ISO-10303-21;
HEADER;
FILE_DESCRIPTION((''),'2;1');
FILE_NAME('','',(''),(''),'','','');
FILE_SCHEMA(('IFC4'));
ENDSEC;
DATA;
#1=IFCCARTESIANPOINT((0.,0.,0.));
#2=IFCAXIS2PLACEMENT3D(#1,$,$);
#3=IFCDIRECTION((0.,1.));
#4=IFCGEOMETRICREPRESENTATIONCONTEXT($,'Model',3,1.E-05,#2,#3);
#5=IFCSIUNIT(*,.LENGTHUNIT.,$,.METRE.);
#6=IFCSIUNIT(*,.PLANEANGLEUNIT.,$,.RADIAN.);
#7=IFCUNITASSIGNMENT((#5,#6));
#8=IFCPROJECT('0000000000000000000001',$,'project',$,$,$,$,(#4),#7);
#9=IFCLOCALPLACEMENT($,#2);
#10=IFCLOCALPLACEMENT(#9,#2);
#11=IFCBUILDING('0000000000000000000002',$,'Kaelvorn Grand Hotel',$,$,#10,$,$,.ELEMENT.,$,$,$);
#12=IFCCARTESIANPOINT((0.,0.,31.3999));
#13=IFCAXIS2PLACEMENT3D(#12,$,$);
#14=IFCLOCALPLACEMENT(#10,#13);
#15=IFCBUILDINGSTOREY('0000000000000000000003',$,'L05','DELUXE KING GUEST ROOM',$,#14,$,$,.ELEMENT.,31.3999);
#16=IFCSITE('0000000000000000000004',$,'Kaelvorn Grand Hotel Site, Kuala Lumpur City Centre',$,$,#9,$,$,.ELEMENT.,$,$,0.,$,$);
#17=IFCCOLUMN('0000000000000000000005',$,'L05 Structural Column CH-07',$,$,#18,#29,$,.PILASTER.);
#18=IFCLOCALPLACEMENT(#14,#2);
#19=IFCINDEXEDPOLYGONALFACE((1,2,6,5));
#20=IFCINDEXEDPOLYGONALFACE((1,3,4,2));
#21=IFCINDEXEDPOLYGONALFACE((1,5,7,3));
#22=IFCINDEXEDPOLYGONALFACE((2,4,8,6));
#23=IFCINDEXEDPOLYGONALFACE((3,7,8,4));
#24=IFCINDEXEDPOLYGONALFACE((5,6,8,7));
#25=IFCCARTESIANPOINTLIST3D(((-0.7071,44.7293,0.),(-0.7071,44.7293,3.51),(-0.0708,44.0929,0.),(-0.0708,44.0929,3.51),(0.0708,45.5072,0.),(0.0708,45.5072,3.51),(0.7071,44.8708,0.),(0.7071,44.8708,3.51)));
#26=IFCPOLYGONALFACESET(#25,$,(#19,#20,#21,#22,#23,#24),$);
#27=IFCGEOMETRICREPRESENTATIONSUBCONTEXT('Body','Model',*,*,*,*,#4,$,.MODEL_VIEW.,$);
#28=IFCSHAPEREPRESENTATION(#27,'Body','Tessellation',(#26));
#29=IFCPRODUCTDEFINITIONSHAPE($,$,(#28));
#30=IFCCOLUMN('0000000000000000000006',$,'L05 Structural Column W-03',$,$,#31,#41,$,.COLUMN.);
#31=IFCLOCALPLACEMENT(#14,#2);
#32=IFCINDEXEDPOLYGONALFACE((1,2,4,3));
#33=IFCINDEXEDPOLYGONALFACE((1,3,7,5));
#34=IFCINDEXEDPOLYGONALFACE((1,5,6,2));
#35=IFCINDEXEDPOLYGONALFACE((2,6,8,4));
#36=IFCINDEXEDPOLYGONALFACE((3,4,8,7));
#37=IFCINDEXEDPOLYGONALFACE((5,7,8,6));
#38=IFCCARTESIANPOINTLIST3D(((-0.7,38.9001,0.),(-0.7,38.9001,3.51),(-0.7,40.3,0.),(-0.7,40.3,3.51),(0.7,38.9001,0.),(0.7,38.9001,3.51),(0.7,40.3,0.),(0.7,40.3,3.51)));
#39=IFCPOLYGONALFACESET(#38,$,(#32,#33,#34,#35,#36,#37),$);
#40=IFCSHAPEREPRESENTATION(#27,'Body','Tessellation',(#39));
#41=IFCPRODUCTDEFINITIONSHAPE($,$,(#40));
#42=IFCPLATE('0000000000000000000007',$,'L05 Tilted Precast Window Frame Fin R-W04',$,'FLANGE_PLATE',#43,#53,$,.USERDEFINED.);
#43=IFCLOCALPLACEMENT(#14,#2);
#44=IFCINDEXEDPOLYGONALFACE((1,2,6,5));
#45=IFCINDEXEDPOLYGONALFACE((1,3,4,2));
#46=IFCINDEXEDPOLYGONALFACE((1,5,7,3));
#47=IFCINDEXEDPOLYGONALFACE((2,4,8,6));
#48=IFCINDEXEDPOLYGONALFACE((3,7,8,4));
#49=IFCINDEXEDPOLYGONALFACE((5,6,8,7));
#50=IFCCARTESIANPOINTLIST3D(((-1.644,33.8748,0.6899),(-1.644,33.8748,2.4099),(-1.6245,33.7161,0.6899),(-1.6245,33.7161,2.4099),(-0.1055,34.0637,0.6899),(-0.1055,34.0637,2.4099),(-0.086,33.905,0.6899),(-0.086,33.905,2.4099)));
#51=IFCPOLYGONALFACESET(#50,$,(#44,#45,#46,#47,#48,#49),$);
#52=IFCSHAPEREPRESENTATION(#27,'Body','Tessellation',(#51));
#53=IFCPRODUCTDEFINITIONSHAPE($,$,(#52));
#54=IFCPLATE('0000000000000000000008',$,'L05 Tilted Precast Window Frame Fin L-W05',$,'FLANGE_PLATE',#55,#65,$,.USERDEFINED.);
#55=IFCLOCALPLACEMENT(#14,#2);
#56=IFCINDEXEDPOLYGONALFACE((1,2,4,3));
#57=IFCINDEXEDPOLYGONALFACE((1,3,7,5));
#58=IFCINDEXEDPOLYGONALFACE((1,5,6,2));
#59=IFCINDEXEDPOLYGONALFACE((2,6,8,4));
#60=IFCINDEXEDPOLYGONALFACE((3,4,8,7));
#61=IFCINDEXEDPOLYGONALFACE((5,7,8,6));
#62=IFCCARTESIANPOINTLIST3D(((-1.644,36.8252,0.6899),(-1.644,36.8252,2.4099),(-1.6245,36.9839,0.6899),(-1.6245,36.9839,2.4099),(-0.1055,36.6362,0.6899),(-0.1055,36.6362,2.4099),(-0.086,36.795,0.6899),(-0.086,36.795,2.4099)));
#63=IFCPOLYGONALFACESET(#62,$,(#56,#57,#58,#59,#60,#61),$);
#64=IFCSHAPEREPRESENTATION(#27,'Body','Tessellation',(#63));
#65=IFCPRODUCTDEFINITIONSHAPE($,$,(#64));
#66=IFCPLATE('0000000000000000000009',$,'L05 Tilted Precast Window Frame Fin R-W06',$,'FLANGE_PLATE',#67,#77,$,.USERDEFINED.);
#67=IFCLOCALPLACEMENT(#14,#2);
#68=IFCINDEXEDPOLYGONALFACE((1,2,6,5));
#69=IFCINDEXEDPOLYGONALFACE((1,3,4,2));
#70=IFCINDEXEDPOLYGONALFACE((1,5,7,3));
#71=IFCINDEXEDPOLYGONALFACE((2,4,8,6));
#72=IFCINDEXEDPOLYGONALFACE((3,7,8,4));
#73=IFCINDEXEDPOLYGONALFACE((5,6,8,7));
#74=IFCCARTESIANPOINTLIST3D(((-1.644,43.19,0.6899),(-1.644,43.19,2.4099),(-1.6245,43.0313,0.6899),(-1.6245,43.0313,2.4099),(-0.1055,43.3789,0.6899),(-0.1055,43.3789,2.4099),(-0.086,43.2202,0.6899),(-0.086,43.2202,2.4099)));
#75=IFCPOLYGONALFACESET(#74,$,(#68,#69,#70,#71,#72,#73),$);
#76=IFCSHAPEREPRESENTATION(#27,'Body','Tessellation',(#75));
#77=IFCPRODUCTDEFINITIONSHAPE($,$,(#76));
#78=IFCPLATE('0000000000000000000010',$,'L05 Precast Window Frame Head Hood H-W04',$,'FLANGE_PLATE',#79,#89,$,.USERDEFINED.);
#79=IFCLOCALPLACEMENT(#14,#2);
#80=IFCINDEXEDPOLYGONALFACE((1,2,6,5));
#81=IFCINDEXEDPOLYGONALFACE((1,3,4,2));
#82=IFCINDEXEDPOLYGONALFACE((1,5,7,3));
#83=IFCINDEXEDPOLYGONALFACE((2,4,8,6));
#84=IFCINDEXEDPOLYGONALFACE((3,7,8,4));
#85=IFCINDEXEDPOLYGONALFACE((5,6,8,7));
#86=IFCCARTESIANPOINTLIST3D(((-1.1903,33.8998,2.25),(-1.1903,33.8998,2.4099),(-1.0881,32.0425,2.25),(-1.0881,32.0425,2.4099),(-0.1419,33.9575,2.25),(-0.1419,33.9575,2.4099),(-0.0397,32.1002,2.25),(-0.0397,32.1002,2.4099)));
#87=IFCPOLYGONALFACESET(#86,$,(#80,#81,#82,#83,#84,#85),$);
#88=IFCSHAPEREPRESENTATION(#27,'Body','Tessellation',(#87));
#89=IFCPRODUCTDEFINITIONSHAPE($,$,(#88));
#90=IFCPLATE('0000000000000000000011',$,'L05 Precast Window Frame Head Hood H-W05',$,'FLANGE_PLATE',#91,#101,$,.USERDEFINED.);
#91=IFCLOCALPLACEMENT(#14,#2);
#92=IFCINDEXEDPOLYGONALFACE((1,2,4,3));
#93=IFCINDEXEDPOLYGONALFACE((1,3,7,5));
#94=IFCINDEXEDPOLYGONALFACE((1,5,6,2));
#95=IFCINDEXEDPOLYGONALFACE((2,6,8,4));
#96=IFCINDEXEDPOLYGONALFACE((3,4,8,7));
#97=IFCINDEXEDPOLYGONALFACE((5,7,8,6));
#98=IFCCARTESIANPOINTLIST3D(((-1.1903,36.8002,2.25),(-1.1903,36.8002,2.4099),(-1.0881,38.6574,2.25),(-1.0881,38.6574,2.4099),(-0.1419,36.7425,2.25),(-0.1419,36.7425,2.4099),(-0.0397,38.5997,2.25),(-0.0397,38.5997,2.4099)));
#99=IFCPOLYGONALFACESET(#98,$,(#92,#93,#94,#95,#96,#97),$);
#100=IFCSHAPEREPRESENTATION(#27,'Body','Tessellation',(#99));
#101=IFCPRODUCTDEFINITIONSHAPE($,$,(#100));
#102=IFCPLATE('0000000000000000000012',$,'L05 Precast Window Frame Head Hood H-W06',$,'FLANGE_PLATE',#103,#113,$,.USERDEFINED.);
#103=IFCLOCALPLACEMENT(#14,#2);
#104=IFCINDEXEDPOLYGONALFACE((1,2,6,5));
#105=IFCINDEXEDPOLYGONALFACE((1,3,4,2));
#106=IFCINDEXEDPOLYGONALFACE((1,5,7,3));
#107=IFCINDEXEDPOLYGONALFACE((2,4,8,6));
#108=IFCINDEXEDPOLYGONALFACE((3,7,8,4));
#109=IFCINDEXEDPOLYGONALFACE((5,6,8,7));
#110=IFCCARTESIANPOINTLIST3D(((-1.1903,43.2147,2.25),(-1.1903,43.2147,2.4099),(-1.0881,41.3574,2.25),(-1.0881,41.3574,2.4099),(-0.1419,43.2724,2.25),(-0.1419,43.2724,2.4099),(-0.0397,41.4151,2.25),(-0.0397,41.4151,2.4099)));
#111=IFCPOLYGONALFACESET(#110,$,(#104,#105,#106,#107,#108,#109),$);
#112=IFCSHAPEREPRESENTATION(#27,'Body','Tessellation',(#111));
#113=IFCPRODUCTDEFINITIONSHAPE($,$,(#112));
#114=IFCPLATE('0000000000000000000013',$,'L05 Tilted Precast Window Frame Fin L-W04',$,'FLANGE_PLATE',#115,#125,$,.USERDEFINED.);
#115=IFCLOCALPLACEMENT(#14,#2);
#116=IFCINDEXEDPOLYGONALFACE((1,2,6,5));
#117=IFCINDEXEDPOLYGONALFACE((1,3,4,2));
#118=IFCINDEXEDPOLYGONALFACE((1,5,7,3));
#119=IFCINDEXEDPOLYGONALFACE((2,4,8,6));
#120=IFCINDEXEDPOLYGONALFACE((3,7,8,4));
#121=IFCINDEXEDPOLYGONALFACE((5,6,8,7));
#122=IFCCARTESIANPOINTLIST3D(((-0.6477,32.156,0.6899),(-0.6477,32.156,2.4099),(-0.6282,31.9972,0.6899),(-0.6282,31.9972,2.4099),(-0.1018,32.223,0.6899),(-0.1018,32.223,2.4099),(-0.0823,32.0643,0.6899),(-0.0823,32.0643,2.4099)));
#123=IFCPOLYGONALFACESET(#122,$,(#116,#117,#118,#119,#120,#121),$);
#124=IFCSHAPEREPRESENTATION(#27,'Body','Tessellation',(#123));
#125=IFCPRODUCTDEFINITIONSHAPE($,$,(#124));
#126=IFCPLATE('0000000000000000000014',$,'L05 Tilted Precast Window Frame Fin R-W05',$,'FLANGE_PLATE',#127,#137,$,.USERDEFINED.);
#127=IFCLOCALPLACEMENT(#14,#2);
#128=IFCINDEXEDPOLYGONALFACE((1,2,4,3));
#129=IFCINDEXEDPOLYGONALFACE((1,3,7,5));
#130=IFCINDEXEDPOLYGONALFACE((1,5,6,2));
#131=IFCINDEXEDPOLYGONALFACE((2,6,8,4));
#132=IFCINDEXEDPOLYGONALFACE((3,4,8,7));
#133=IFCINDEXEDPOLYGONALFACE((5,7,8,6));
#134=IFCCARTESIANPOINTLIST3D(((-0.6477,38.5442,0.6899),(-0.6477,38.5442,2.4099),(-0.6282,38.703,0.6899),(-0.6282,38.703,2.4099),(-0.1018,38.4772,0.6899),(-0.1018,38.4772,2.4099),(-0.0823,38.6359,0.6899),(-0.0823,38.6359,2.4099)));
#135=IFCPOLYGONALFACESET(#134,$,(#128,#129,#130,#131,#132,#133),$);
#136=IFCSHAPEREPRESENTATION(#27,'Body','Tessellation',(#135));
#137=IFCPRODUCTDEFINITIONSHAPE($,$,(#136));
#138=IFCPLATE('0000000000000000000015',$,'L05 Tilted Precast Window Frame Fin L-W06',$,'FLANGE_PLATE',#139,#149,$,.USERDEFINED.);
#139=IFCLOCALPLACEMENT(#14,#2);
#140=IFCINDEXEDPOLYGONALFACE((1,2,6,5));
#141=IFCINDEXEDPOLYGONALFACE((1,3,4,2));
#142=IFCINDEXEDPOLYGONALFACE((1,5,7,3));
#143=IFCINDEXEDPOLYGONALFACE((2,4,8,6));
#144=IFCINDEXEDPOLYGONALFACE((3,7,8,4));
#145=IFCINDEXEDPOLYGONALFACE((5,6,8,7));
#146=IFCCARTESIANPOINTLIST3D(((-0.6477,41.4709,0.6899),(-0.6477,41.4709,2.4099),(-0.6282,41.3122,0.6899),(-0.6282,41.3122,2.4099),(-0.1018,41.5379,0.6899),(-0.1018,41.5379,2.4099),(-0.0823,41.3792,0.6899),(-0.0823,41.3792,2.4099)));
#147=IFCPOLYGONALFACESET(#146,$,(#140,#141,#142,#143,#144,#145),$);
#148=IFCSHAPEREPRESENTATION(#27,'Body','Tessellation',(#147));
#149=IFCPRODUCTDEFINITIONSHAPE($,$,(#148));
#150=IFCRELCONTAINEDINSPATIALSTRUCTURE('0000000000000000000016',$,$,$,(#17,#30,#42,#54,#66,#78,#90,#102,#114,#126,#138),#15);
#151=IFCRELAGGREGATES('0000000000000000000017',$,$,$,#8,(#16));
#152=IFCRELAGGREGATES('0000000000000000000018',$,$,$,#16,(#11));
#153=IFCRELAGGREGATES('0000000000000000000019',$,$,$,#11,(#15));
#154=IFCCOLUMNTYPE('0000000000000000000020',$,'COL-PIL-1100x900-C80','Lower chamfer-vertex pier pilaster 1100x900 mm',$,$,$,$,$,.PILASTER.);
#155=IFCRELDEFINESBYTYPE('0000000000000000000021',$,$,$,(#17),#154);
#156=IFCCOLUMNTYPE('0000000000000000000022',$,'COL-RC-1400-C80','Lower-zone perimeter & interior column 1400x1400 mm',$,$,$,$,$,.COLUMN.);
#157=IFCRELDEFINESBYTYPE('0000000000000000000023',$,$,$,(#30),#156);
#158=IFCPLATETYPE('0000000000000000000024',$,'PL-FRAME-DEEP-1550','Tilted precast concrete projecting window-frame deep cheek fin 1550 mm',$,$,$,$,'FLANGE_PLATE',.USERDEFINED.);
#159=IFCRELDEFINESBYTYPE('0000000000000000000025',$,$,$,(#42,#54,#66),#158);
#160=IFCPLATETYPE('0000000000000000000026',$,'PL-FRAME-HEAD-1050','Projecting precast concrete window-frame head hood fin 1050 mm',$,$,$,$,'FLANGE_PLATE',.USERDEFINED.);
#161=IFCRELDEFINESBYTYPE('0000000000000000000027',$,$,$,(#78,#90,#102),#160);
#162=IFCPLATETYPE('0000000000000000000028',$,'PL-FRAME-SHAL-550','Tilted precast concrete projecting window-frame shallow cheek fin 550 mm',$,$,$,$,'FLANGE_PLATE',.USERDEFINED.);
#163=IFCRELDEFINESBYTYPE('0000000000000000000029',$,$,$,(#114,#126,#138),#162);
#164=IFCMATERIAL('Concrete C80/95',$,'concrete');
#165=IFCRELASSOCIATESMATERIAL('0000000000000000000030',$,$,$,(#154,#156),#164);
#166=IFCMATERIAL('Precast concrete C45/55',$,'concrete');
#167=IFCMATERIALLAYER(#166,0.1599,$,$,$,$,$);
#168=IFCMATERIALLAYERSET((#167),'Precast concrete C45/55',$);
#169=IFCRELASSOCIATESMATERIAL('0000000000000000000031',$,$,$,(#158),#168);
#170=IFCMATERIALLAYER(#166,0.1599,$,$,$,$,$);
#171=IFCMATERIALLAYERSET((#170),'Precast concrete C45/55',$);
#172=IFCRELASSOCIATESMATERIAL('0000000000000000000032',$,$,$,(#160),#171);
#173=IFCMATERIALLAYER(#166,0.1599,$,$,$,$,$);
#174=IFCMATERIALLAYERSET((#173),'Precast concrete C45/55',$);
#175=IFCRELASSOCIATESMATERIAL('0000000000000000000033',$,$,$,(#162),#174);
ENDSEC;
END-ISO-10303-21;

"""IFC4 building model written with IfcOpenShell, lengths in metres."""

from ifc_helpers import new_model, si_unit, direction, frame, origin, origin_2d, place, context, subcontext, project, spatial, rectangle, extrude, material, layer, layer_set, material_profile, profile_set, type_object, element, save


model = new_model("IFC4")

# Units and contexts
model_context = context("Model", 3, precision=1e-05, world=origin(), true_north=direction((0.0, 1.0)))
body_context = subcontext(model_context, "Body", "Model", "MODEL_VIEW")
ifc_project = project(units=[si_unit("LENGTHUNIT", "METRE"), si_unit("PLANEANGLEUNIT", "RADIAN")], contexts=[model_context])

# Site, building, storey
site_placement = place(None, origin())
site = spatial("IfcSite", under=ifc_project, at=site_placement, Name="Kaelvorn Grand Hotel Site, Kuala Lumpur City Centre", CompositionType="ELEMENT", RefElevation=0.0)
building_placement = place(site_placement, origin())
building = spatial("IfcBuilding", under=site, at=building_placement, Name="Kaelvorn Grand Hotel", CompositionType="ELEMENT")
storey_placement = place(building_placement, frame((0.0, 0.0, 31.3999)))
storey = spatial("IfcBuildingStorey", under=building, at=storey_placement, Name="L05", Description="DELUXE KING GUEST ROOM", CompositionType="ELEMENT", Elevation=31.3999)

# Columns
ifc_material_1 = material(Name="Concrete C80/95", Category="concrete")
ifc_material_profile_1 = material_profile(ifc_material_1, rectangle(XDim=1.1001, YDim=0.8999, at=origin_2d()), Name="RC PILASTER 1100x900")
ifc_profile_set_1 = profile_set([ifc_material_profile_1], Name="Concrete C80/95")
column_type_1 = type_object("IfcColumnType", Name="COL-PIL-1100x900-C80", Description="Lower chamfer-vertex pier pilaster 1100x900 mm", PredefinedType="PILASTER", material=ifc_profile_set_1)
column_1_placement = place(storey_placement, frame((0.0, 44.8, 0.0), z_axis=(0.0, 0.0, 1.0), x_axis=(0.707107, 0.707107, 0.0)))
element("IfcColumn", 1, at=column_1_placement, inside=storey, type_object=column_type_1, Name="L05 Structural Column CH-07", PredefinedType="PILASTER", context=body_context, shape_type="SweptSolid", body=[
    extrude(rectangle(XDim=1.1001, YDim=0.8999, at=origin_2d()), origin(), (0.0, 0.0, 1.0), 3.51),
])
ifc_material_profile_2 = material_profile(ifc_material_1, rectangle(XDim=1.3999, YDim=1.3999, at=origin_2d()), Name="RC COL 1400x1400")
ifc_profile_set_2 = profile_set([ifc_material_profile_2], Name="Concrete C80/95")
column_type_2 = type_object("IfcColumnType", Name="COL-RC-1400-C80", Description="Lower-zone perimeter & interior column 1400x1400 mm", PredefinedType="COLUMN", material=ifc_profile_set_2)
column_2_placement = place(storey_placement, frame((0.0, 39.6001, 0.0), z_axis=(0.0, 0.0, 1.0), x_axis=(1.0, 0.0, 0.0)))
element("IfcColumn", 2, at=column_2_placement, inside=storey, type_object=column_type_2, Name="L05 Structural Column W-03", PredefinedType="COLUMN", context=body_context, shape_type="SweptSolid", body=[
    extrude(rectangle(XDim=1.3999, YDim=1.3999, at=origin_2d()), origin(), (0.0, 0.0, 1.0), 3.51),
])

# Plates
ifc_material_2 = material(Name="Precast concrete C45/55", Category="concrete")
ifc_layer_1 = layer(ifc_material_2, 0.1599)
ifc_layer_set_1 = layer_set([ifc_layer_1], Name="Precast concrete C45/55")
plate_type_1 = type_object("IfcPlateType", Name="PL-FRAME-DEEP-1550", Description="Tilted precast concrete projecting window-frame deep cheek fin 1550 mm", ElementType="FLANGE_PLATE", PredefinedType="USERDEFINED", material=ifc_layer_set_1)
for number, where, z_axis, x_axis, name in (
    (3, (-0.865, 33.8899, 0.6899), (0.0, 0.0, 1.0), (-0.121869, 0.992546, 0.0), "L05 Tilted Precast Window Frame Fin R-W04"),
    (4, (-0.865, 36.8101, 0.6899), (0.0, 0.0, 1.0), (0.121869, 0.992546, 0.0), "L05 Tilted Precast Window Frame Fin L-W05"),
    (5, (-0.865, 43.2051, 0.6899), (0.0, 0.0, 1.0), (-0.121869, 0.992546, 0.0), "L05 Tilted Precast Window Frame Fin R-W06"),
):
    element("IfcPlate", number, at=place(storey_placement, frame(where, z_axis=z_axis, x_axis=x_axis)), inside=storey, type_object=plate_type_1, Name=name, ObjectType="FLANGE_PLATE", PredefinedType="USERDEFINED", context=body_context, shape_type="SweptSolid", body=[
        extrude(rectangle(XDim=0.1599, YDim=1.55, at=origin_2d()), origin(), (0.0, 0.0, 1.0), 1.72),
    ])
ifc_layer_2 = layer(ifc_material_2, 0.1599)
ifc_layer_set_2 = layer_set([ifc_layer_2], Name="Precast concrete C45/55")
plate_type_2 = type_object("IfcPlateType", Name="PL-FRAME-HEAD-1050", Description="Projecting precast concrete window-frame head hood fin 1050 mm", ElementType="FLANGE_PLATE", PredefinedType="USERDEFINED", material=ifc_layer_set_2)
for number, where, z_axis, x_axis, name in (
    (6, (-0.615, 33.0, 2.25), (0.0, 0.0, 1.0), (-0.05495, 0.998489, 0.0), "L05 Precast Window Frame Head Hood H-W04"),
    (7, (-0.615, 37.7, 2.25), (0.0, 0.0, 1.0), (0.05495, 0.998489, 0.0), "L05 Precast Window Frame Head Hood H-W05"),
    (8, (-0.615, 42.3149, 2.25), (0.0, 0.0, 1.0), (-0.05495, 0.998489, 0.0), "L05 Precast Window Frame Head Hood H-W06"),
):
    element("IfcPlate", number, at=place(storey_placement, frame(where, z_axis=z_axis, x_axis=x_axis)), inside=storey, type_object=plate_type_2, Name=name, ObjectType="FLANGE_PLATE", PredefinedType="USERDEFINED", context=body_context, shape_type="SweptSolid", body=[
        extrude(rectangle(XDim=1.8601, YDim=1.05, at=origin_2d()), origin(), (0.0, 0.0, 1.0), 0.1599),
    ])
ifc_layer_3 = layer(ifc_material_2, 0.1599)
ifc_layer_set_3 = layer_set([ifc_layer_3], Name="Precast concrete C45/55")
plate_type_3 = type_object("IfcPlateType", Name="PL-FRAME-SHAL-550", Description="Tilted precast concrete projecting window-frame shallow cheek fin 550 mm", ElementType="FLANGE_PLATE", PredefinedType="USERDEFINED", material=ifc_layer_set_3)
for number, where, z_axis, x_axis, name in (
    (9, (-0.365, 32.1101, 0.6899), (0.0, 0.0, 1.0), (-0.121869, 0.992546, 0.0), "L05 Tilted Precast Window Frame Fin L-W04"),
    (10, (-0.365, 38.5901, 0.6899), (0.0, 0.0, 1.0), (0.121869, 0.992546, 0.0), "L05 Tilted Precast Window Frame Fin R-W05"),
    (11, (-0.365, 41.425, 0.6899), (0.0, 0.0, 1.0), (-0.121869, 0.992546, 0.0), "L05 Tilted Precast Window Frame Fin L-W06"),
):
    element("IfcPlate", number, at=place(storey_placement, frame(where, z_axis=z_axis, x_axis=x_axis)), inside=storey, type_object=plate_type_3, Name=name, ObjectType="FLANGE_PLATE", PredefinedType="USERDEFINED", context=body_context, shape_type="SweptSolid", body=[
        extrude(rectangle(XDim=0.1599, YDim=0.55, at=origin_2d()), origin(), (0.0, 0.0, 1.0), 1.72),
    ])

save(model, "model.ifc")
